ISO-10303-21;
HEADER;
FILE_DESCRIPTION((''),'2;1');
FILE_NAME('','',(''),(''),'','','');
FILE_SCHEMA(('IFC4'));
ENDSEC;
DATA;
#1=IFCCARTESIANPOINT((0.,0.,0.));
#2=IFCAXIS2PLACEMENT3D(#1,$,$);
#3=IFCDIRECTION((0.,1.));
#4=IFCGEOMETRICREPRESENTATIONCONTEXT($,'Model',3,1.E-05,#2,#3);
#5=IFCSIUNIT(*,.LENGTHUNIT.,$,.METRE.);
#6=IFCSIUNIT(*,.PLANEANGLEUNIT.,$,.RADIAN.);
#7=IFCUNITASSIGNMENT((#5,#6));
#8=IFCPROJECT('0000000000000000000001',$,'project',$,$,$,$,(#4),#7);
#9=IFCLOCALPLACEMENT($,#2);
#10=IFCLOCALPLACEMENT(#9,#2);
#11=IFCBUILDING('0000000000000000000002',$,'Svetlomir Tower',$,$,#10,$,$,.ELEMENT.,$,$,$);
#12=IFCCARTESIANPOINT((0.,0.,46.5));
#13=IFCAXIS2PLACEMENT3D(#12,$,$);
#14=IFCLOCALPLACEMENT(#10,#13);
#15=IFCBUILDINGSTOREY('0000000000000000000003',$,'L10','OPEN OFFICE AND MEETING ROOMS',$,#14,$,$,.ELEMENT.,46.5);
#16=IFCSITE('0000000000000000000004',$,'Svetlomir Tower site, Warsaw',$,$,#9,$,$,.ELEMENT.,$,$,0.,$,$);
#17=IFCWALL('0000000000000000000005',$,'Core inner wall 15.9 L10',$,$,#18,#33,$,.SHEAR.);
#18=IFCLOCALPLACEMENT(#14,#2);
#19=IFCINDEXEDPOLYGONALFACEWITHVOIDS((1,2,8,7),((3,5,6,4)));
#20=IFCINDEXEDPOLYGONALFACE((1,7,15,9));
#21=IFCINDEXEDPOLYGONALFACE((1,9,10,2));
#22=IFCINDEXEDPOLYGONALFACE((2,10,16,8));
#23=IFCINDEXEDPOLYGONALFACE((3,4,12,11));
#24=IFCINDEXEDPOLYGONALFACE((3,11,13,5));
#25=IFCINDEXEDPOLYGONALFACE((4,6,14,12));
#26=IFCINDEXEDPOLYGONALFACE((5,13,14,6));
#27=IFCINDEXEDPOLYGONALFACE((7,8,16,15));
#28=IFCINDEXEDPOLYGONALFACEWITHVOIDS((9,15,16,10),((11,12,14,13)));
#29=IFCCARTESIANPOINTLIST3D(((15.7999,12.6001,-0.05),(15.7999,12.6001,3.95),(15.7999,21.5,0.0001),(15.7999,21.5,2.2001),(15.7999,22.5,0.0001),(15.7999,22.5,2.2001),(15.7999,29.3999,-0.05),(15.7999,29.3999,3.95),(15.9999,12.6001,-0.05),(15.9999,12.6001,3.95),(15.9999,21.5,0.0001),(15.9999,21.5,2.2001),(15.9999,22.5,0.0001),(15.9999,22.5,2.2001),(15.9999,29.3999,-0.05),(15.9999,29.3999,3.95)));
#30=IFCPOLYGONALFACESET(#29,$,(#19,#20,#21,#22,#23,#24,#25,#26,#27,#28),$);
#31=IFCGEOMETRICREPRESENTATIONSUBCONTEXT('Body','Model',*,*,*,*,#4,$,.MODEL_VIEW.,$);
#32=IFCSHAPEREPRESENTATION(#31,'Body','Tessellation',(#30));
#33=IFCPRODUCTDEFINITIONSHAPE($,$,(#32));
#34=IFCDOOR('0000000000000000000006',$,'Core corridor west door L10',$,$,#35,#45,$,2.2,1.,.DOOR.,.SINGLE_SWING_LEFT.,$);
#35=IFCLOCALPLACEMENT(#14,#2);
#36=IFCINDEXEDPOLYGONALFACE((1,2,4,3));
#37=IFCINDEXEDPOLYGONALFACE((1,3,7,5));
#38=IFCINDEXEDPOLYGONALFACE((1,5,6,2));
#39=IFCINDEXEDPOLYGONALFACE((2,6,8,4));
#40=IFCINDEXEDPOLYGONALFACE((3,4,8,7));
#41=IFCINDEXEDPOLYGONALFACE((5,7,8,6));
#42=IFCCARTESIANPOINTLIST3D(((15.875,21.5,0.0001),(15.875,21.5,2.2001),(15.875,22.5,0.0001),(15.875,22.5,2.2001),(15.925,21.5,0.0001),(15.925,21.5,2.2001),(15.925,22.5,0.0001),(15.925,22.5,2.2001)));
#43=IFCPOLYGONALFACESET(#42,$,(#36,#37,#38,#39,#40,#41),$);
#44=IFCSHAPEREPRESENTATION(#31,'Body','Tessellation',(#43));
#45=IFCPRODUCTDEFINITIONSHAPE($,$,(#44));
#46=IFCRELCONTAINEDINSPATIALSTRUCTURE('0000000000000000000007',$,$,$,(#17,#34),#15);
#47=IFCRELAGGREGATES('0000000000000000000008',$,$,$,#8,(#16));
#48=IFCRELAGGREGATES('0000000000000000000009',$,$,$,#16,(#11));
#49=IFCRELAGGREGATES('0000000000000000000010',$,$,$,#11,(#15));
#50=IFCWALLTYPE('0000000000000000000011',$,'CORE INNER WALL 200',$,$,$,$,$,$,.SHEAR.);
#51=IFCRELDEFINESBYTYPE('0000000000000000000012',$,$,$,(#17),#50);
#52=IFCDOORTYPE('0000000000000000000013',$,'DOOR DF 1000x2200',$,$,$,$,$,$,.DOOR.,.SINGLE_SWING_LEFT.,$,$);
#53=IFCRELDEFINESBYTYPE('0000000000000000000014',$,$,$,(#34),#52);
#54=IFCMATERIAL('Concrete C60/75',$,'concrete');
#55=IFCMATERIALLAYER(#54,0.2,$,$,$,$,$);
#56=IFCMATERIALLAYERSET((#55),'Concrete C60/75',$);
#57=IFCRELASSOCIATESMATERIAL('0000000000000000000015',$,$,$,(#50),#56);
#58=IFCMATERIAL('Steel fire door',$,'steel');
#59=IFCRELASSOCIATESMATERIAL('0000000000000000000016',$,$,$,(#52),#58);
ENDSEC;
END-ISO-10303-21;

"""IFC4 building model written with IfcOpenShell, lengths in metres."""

from ifc_helpers import new_model, si_unit, direction, frame, frame_2d, origin, place, context, subcontext, project, spatial, rectangle, extrude, material, layer, layer_set, type_object, element, fill, save


model = new_model("IFC4")

# Units and contexts
model_context = context("Model", 3, precision=1e-05, world=origin(), true_north=direction((0.0, 1.0)))
body_context = subcontext(model_context, "Body", "Model", "MODEL_VIEW")
ifc_project = project(units=[si_unit("LENGTHUNIT", "METRE"), si_unit("PLANEANGLEUNIT", "RADIAN")], contexts=[model_context])

# Site, building, storey
site_placement = place(None, origin())
site = spatial("IfcSite", under=ifc_project, at=site_placement, Name="Svetlomir Tower site, Warsaw", CompositionType="ELEMENT", RefElevation=0.0)
building_placement = place(site_placement, origin())
building = spatial("IfcBuilding", under=site, at=building_placement, Name="Svetlomir Tower", CompositionType="ELEMENT")
storey_placement = place(building_placement, frame((0.0, 0.0, 46.5)))
storey = spatial("IfcBuildingStorey", under=building, at=storey_placement, Name="L10", Description="OPEN OFFICE AND MEETING ROOMS", CompositionType="ELEMENT", Elevation=46.5)

# Wall, opening, door
ifc_material_1 = material(Name="Concrete C60/75", Category="concrete")
ifc_layer_1 = layer(ifc_material_1, 0.2)
ifc_layer_set_1 = layer_set([ifc_layer_1], Name="Concrete C60/75")
wall_type_1 = type_object("IfcWallType", Name="CORE INNER WALL 200", PredefinedType="SHEAR", material=ifc_layer_set_1)
wall_1_placement = place(storey_placement, frame((15.8999, 12.6001, -0.05), z_axis=(0.0, 0.0, 1.0), x_axis=(0.0, 1.0, 0.0)))
wall_1 = element("IfcWall", 1, at=wall_1_placement, inside=storey, type_object=wall_type_1, Name="Core inner wall 15.9 L10", PredefinedType="SHEAR", context=body_context, shape_type="SweptSolid", body=[
    extrude(rectangle(XDim=16.7998, YDim=0.2, at=frame_2d((8.3999, 0.0))), origin(), (0.0, 0.0, 1.0), 4.0),
])
opening_1_placement = place(wall_1_placement, frame((8.8999, 0.0, 0.05)))
opening_1 = element("IfcOpeningElement", 2, at=opening_1_placement, cuts=wall_1, PredefinedType="OPENING", context=body_context, shape_type="SweptSolid", body=[
    extrude(rectangle(XDim=1.0, YDim=2.2, at=frame_2d((0.5, 1.1001))), frame((0.0, 0.1099, 0.0), z_axis=(0.0, -1.0, 0.0), x_axis=(1.0, 0.0, 0.0)), (0.0, 0.0, 1.0), 0.22),
])
ifc_material_2 = material(Name="Steel fire door", Category="steel")
door_type_1 = type_object("IfcDoorType", Name="DOOR DF 1000x2200", OperationType="SINGLE_SWING_LEFT", PredefinedType="DOOR", material=ifc_material_2)
door_1_placement = place(opening_1_placement, origin())
door_1 = element("IfcDoor", 3, at=door_1_placement, inside=storey, type_object=door_type_1, Name="Core corridor west door L10", OperationType="SINGLE_SWING_LEFT", OverallHeight=2.2, OverallWidth=1.0, PredefinedType="DOOR", context=body_context, shape_type="SweptSolid", body=[
    extrude(rectangle(XDim=1.0, YDim=2.2, at=frame_2d((0.5, 1.1001))), frame((0.0, 0.0249, 0.0), z_axis=(0.0, -1.0, 0.0), x_axis=(1.0, 0.0, 0.0)), (0.0, 0.0, 1.0), 0.05),
])
fill(opening_1, door_1)

save(model, "model.ifc")
